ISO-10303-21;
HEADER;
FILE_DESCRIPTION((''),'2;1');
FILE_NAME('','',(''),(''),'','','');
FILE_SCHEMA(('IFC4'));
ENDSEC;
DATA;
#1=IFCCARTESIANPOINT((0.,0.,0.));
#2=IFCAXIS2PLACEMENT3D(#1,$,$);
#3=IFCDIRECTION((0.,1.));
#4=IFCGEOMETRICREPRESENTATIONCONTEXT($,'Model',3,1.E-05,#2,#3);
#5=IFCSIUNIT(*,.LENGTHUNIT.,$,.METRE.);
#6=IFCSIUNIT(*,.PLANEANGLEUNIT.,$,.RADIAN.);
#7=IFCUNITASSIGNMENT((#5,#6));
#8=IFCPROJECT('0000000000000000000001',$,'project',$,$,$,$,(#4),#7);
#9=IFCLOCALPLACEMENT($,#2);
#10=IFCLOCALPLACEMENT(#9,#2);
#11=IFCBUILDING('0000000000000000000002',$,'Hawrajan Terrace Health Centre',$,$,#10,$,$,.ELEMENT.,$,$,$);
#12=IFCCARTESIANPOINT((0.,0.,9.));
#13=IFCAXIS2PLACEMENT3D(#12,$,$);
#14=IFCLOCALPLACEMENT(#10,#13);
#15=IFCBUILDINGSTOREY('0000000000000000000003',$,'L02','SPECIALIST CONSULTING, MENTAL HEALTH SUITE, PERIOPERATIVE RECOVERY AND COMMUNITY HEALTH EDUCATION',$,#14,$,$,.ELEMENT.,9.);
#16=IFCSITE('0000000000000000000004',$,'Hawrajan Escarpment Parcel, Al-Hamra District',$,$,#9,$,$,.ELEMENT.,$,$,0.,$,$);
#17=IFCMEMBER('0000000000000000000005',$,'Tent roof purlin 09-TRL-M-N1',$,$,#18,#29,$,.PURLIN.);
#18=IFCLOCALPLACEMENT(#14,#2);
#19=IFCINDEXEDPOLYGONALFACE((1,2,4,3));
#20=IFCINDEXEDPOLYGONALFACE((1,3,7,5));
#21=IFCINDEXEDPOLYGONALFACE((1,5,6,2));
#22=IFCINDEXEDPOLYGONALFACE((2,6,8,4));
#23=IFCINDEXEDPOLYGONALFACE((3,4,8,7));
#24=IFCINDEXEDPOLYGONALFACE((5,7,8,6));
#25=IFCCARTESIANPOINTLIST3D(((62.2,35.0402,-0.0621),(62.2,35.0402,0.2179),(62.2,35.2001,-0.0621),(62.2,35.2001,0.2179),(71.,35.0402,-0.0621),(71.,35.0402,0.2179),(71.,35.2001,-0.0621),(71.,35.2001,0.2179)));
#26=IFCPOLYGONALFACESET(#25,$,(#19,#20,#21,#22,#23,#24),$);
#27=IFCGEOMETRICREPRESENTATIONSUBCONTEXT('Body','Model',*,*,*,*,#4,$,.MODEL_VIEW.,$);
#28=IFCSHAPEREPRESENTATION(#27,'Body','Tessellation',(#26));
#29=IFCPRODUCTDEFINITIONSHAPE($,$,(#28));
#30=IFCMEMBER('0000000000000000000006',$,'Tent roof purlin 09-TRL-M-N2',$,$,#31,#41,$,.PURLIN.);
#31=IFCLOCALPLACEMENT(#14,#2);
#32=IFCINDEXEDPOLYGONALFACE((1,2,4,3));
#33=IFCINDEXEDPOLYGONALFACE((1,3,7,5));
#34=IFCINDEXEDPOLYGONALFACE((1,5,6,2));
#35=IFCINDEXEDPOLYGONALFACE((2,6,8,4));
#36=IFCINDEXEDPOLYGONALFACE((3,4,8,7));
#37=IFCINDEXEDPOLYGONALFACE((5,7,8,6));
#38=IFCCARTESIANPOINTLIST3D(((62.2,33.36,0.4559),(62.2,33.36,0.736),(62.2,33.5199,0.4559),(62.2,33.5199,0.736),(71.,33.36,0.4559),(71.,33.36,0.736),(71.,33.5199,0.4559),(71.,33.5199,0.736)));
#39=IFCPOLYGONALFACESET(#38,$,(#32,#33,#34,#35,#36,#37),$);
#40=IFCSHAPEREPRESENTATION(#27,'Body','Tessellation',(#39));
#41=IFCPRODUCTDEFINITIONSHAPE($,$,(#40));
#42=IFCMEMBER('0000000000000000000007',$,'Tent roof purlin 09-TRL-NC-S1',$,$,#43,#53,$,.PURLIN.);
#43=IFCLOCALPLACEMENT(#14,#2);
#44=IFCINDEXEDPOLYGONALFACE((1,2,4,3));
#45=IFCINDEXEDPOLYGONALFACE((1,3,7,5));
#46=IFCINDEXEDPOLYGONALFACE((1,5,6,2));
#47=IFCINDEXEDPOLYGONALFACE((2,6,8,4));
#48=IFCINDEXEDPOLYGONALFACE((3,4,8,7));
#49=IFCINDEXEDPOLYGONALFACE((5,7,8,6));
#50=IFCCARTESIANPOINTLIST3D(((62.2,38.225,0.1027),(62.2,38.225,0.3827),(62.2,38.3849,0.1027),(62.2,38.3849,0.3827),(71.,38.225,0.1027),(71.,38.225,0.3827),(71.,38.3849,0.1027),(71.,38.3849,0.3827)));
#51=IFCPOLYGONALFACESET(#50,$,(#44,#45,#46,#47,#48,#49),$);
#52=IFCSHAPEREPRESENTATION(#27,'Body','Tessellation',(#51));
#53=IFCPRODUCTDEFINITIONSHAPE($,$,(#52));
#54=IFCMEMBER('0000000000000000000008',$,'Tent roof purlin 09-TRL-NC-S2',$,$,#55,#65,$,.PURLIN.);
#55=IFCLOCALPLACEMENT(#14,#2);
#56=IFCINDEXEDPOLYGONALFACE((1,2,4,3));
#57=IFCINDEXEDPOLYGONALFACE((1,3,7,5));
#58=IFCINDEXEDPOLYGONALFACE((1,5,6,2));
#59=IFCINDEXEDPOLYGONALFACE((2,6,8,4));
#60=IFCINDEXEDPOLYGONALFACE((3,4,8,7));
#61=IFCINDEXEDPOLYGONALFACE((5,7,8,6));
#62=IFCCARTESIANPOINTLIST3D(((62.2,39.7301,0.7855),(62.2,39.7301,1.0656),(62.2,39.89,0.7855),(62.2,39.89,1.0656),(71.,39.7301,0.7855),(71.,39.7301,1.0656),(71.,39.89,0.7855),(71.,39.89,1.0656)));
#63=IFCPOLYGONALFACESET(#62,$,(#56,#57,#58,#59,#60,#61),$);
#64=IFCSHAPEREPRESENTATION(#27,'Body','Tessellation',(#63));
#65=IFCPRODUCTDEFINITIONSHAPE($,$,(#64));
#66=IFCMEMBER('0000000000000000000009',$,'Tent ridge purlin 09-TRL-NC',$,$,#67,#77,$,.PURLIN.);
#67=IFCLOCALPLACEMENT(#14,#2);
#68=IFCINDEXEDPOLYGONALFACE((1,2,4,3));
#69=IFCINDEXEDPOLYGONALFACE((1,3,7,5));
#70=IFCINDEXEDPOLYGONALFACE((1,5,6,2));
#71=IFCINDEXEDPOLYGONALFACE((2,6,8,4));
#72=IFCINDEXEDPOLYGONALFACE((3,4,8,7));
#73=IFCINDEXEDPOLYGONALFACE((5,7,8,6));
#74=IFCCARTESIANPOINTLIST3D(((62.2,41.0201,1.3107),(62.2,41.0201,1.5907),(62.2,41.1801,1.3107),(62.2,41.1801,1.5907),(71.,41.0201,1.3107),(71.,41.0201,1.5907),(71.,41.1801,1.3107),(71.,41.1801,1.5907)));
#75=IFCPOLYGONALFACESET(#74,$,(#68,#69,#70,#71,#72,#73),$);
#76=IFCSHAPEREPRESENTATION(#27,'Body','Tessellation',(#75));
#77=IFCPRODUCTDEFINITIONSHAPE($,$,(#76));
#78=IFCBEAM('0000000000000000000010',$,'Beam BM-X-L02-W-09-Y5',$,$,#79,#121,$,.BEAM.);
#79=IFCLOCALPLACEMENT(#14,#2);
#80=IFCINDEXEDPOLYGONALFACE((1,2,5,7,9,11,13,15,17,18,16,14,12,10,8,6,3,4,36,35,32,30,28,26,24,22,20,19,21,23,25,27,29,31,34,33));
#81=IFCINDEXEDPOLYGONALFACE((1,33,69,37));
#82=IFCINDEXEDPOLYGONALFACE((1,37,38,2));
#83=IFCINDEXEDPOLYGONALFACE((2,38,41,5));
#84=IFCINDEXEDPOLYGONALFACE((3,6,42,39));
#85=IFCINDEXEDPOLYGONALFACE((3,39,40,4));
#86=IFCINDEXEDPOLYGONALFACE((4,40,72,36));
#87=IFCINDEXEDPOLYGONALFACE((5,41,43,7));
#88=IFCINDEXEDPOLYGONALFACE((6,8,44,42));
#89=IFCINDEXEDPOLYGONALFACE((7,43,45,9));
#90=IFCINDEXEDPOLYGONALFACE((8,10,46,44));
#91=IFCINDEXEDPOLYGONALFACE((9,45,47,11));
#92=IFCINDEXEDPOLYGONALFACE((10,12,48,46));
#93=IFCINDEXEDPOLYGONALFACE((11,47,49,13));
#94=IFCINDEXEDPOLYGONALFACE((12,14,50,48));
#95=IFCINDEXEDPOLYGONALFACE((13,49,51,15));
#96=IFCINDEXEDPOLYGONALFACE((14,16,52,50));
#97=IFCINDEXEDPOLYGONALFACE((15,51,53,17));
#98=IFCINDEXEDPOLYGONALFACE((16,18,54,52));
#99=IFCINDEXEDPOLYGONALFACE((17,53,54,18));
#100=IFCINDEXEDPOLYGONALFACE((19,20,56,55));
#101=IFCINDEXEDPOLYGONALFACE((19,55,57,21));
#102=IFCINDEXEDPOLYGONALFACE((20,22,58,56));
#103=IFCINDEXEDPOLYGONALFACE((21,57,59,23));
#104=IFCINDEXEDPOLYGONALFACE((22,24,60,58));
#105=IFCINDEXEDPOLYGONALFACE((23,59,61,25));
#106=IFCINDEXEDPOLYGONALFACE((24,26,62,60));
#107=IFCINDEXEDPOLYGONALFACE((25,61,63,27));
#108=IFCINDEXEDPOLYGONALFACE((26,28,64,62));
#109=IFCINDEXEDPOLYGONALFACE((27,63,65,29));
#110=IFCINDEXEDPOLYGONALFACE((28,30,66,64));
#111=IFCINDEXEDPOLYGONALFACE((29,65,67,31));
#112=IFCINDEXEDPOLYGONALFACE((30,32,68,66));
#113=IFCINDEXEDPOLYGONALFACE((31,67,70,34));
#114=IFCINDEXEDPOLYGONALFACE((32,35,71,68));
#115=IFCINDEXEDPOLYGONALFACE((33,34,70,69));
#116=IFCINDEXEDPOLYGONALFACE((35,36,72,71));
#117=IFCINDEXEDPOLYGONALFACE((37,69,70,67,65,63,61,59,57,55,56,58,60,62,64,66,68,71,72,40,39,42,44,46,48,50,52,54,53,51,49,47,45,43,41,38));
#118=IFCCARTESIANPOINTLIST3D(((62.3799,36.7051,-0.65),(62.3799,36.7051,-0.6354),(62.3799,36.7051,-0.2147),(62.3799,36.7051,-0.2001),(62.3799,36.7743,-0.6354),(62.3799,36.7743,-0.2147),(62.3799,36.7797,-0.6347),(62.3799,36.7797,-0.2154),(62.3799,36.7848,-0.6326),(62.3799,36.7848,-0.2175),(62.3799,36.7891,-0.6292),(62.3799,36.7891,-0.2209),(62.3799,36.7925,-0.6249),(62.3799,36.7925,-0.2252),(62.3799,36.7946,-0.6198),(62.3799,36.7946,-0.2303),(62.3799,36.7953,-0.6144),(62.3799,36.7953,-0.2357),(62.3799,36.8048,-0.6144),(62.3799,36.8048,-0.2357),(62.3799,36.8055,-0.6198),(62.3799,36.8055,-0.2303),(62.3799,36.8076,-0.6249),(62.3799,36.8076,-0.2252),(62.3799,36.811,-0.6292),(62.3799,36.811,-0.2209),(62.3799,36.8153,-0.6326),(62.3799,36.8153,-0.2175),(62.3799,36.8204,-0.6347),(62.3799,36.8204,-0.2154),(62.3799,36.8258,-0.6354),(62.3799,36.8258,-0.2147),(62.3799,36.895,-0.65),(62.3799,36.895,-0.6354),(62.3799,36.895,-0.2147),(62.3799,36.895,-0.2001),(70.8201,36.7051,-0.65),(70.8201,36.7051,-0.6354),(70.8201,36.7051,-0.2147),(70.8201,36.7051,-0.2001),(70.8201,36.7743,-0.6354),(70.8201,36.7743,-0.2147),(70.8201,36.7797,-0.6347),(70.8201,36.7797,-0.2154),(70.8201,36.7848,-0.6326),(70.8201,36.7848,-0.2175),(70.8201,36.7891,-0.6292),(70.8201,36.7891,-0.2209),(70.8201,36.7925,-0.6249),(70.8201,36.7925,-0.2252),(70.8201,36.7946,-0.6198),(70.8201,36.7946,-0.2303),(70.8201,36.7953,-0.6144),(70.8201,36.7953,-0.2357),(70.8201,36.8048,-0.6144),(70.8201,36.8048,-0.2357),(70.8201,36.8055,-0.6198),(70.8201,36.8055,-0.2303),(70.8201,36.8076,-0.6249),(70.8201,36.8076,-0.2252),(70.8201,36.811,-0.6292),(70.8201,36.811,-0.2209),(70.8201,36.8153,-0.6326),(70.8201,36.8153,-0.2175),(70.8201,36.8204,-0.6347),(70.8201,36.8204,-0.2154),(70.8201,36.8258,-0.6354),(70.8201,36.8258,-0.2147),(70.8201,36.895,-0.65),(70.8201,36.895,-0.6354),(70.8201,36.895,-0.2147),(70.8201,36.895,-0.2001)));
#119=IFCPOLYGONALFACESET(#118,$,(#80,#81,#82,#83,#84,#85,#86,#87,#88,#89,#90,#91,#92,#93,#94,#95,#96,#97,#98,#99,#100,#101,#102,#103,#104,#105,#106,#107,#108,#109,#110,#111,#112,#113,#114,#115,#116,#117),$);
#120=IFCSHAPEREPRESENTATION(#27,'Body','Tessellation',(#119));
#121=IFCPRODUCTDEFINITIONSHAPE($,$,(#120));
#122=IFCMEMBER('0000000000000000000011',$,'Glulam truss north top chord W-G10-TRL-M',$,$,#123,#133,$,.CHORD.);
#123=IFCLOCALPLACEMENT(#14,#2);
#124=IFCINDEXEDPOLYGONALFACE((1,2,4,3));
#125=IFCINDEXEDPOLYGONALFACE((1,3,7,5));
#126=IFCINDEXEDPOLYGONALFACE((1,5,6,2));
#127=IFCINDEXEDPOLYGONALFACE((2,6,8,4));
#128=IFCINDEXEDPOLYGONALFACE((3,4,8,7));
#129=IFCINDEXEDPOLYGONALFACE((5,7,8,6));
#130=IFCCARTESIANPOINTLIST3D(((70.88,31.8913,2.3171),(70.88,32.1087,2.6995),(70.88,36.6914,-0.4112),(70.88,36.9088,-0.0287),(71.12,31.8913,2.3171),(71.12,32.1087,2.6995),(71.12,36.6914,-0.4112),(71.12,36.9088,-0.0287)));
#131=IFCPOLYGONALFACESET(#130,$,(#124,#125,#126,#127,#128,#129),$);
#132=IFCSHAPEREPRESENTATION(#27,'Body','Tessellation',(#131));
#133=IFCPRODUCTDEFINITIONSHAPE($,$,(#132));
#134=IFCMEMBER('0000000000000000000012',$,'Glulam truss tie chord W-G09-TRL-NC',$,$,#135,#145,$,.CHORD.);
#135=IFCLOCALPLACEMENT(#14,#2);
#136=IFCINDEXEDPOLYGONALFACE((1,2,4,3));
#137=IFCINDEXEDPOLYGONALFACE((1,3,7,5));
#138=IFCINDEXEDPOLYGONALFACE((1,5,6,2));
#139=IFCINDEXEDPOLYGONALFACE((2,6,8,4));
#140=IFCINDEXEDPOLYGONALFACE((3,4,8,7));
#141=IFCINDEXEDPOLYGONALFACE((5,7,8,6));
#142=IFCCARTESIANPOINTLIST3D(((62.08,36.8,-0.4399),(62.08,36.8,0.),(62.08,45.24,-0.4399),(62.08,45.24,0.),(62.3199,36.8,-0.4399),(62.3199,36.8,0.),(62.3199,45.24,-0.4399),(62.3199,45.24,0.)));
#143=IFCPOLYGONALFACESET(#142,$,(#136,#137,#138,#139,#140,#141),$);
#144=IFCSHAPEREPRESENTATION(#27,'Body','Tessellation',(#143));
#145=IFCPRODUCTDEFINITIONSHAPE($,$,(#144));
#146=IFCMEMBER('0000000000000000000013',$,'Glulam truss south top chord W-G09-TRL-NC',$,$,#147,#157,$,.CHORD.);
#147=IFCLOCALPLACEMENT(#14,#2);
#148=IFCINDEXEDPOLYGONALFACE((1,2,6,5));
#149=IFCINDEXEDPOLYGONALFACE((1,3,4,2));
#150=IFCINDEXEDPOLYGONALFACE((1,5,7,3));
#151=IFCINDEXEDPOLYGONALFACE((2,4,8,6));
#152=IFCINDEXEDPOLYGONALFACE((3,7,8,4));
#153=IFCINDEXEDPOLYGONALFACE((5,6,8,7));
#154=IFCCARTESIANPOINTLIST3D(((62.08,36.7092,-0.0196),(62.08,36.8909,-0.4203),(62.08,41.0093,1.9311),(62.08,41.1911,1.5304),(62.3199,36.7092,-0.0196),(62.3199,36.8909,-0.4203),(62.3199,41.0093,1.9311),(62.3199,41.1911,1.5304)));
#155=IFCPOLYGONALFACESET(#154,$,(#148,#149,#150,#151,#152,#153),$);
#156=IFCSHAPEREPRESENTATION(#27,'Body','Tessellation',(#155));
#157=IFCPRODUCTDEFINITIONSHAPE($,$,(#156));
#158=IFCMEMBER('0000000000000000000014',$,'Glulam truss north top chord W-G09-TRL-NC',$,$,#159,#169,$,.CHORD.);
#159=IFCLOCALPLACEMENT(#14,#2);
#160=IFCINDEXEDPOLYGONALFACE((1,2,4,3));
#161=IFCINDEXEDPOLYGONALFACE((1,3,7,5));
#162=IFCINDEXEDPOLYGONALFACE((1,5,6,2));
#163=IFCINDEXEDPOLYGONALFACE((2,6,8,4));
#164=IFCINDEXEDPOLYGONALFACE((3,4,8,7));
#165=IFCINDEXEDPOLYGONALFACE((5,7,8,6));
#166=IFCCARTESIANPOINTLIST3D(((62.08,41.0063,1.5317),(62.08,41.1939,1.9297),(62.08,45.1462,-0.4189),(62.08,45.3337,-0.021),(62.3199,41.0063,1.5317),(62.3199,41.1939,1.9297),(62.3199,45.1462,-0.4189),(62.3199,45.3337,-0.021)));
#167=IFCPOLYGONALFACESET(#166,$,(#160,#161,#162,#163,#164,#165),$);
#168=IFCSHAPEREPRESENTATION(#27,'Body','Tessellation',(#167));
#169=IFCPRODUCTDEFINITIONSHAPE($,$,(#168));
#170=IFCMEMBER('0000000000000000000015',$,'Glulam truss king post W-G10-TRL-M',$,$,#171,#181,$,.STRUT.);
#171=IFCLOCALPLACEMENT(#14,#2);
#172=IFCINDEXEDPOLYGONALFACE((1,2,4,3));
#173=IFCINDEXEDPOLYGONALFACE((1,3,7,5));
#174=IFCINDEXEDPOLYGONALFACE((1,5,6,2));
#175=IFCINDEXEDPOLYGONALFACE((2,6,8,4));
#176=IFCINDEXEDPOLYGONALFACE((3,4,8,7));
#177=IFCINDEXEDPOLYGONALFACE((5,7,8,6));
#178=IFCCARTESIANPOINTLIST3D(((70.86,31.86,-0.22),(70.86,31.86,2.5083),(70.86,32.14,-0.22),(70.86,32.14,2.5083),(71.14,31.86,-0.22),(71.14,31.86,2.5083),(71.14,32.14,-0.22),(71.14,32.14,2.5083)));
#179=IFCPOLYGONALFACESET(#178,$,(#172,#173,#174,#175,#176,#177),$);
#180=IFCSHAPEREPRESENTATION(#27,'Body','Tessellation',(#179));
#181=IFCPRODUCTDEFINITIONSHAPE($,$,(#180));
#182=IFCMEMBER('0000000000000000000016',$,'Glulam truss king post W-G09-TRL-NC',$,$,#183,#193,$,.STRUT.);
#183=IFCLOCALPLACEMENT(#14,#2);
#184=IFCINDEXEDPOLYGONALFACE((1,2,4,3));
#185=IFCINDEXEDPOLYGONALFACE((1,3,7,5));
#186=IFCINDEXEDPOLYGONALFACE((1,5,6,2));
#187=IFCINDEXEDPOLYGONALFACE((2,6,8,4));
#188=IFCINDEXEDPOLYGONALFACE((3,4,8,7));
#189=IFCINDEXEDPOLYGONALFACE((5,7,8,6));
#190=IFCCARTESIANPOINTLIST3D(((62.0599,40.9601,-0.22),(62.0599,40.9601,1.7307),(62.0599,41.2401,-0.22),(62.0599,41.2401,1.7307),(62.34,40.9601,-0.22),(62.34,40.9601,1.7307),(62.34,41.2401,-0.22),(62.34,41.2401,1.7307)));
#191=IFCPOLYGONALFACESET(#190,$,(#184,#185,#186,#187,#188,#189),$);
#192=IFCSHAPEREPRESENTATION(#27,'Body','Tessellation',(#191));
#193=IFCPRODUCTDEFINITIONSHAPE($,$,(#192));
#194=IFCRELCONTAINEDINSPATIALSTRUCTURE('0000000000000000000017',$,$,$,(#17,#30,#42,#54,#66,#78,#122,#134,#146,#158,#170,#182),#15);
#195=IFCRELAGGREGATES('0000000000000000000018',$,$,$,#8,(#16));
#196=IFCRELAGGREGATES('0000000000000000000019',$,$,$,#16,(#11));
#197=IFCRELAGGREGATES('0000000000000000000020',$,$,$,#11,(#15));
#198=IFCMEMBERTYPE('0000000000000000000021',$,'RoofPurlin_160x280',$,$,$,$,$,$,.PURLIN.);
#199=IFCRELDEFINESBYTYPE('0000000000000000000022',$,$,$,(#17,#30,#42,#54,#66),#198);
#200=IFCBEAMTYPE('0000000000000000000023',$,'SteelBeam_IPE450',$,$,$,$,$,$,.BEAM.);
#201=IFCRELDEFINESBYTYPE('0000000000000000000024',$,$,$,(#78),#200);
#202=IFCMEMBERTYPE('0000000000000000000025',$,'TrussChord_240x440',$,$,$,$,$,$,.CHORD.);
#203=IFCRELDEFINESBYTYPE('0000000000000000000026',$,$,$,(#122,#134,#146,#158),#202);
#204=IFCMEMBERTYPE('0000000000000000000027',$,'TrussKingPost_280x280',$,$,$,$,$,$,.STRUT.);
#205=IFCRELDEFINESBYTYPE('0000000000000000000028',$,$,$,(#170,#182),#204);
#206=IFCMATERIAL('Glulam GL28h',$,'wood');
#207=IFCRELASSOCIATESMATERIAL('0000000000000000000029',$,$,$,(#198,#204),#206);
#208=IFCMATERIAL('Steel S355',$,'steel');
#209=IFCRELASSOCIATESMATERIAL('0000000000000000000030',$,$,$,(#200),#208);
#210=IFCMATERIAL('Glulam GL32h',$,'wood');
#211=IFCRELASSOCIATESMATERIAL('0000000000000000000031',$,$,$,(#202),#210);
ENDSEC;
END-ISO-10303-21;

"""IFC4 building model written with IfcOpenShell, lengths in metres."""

from ifc_helpers import new_model, si_unit, direction, frame, origin, origin_2d, place, context, subcontext, project, spatial, rectangle, i_section, extrude, material, material_profile, profile_set, type_object, element, save


model = new_model("IFC4")

# Units and contexts
model_context = context("Model", 3, precision=1e-05, world=origin(), true_north=direction((0.0, 1.0)))
body_context = subcontext(model_context, "Body", "Model", "MODEL_VIEW")
ifc_project = project(units=[si_unit("LENGTHUNIT", "METRE"), si_unit("PLANEANGLEUNIT", "RADIAN")], contexts=[model_context])

# Site, building, storey
site_placement = place(None, origin())
site = spatial("IfcSite", under=ifc_project, at=site_placement, Name="Hawrajan Escarpment Parcel, Al-Hamra District", CompositionType="ELEMENT", RefElevation=0.0)
building_placement = place(site_placement, origin())
building = spatial("IfcBuilding", under=site, at=building_placement, Name="Hawrajan Terrace Health Centre", CompositionType="ELEMENT")
storey_placement = place(building_placement, frame((0.0, 0.0, 9.0)))
storey = spatial("IfcBuildingStorey", under=building, at=storey_placement, Name="L02", Description="SPECIALIST CONSULTING, MENTAL HEALTH SUITE, PERIOPERATIVE RECOVERY AND COMMUNITY HEALTH EDUCATION", CompositionType="ELEMENT", Elevation=9.0)

# Members
ifc_material_1 = material(Name="Glulam GL28h", Category="wood")
ifc_material_profile_1 = material_profile(ifc_material_1, rectangle(XDim=0.1599, YDim=0.28, at=origin_2d()), Name="GL PUR 160x280")
ifc_profile_set_1 = profile_set([ifc_material_profile_1], Name="Glulam GL28h")
member_type_1 = type_object("IfcMemberType", Name="RoofPurlin_160x280", PredefinedType="PURLIN", material=ifc_profile_set_1)
for number, where, z_axis, x_axis, name in (
    (1, (62.2, 35.1201, 0.0779), (1.0, 0.0, 0.0), (0.0, 1.0, 0.0), "Tent roof purlin 09-TRL-M-N1"),
    (2, (62.2, 33.4399, 0.5959), (1.0, 0.0, 0.0), (0.0, 1.0, 0.0), "Tent roof purlin 09-TRL-M-N2"),
    (3, (62.2, 38.3049, 0.2427), (1.0, 0.0, 0.0), (0.0, 1.0, 0.0), "Tent roof purlin 09-TRL-NC-S1"),
    (4, (62.2, 39.8101, 0.9255), (1.0, 0.0, 0.0), (0.0, 1.0, 0.0), "Tent roof purlin 09-TRL-NC-S2"),
    (5, (62.2, 41.1001, 1.4507), (1.0, 0.0, 0.0), (0.0, 1.0, 0.0), "Tent ridge purlin 09-TRL-NC"),
):
    element("IfcMember", number, at=place(storey_placement, frame(where, z_axis=z_axis, x_axis=x_axis)), inside=storey, type_object=member_type_1, Name=name, PredefinedType="PURLIN", context=body_context, shape_type="SweptSolid", body=[
        extrude(rectangle(XDim=0.1599, YDim=0.28, at=origin_2d()), origin(), (0.0, 0.0, 1.0), 8.8),
    ])

# Beam
ifc_material_2 = material(Name="Steel S355", Category="steel")
ifc_material_profile_2 = material_profile(ifc_material_2, i_section(OverallWidth=0.1899, OverallDepth=0.45, WebThickness=0.0095, FlangeThickness=0.0146, FilletRadius=0.021, at=origin_2d()), Name="IPE 450")
ifc_profile_set_2 = profile_set([ifc_material_profile_2], Name="Steel S355")
beam_type = type_object("IfcBeamType", Name="SteelBeam_IPE450", PredefinedType="BEAM", material=ifc_profile_set_2)
beam_placement = place(storey_placement, frame((62.3799, 36.8, -0.425), z_axis=(1.0, 0.0, 0.0), x_axis=(0.0, 1.0, 0.0)))
element("IfcBeam", 6, at=beam_placement, inside=storey, type_object=beam_type, Name="Beam BM-X-L02-W-09-Y5", PredefinedType="BEAM", context=body_context, shape_type="SweptSolid", body=[
    extrude(i_section(OverallWidth=0.1899, OverallDepth=0.45, WebThickness=0.0095, FlangeThickness=0.0146, FilletRadius=0.021, at=origin_2d()), origin(), (0.0, 0.0, 1.0), 8.4402),
])

# Members
ifc_material_3 = material(Name="Glulam GL32h", Category="wood")
ifc_material_profile_3 = material_profile(ifc_material_3, rectangle(XDim=0.24, YDim=0.4399, at=origin_2d()), Name="GL CHD 240x440")
ifc_profile_set_3 = profile_set([ifc_material_profile_3], Name="Glulam GL32h")
member_type_2 = type_object("IfcMemberType", Name="TrussChord_240x440", PredefinedType="CHORD", material=ifc_profile_set_3)
member_1_placement = place(storey_placement, frame((71.0, 32.0, 2.5083), z_axis=(0.0, 0.869381, -0.494142), x_axis=(-1.0, 0.0, 0.0)))
element("IfcMember", 7, at=member_1_placement, inside=storey, type_object=member_type_2, Name="Glulam truss north top chord W-G10-TRL-M", PredefinedType="CHORD", context=body_context, shape_type="SweptSolid", body=[
    extrude(rectangle(XDim=0.24, YDim=0.4399, at=origin_2d()), origin(), (0.0, 0.0, 1.0), 5.5212),
])
member_2_placement = place(storey_placement, frame((62.2, 36.8, -0.22), z_axis=(0.0, 1.0, 0.0), x_axis=(-1.0, 0.0, 0.0)))
element("IfcMember", 8, at=member_2_placement, inside=storey, type_object=member_type_2, Name="Glulam truss tie chord W-G09-TRL-NC", PredefinedType="CHORD", context=body_context, shape_type="SweptSolid", body=[
    extrude(rectangle(XDim=0.24, YDim=0.4399, at=origin_2d()), origin(), (0.0, 0.0, 1.0), 8.4399),
])
member_3_placement = place(storey_placement, frame((62.2, 36.8, -0.22), z_axis=(0.0, 0.910676, 0.413121), x_axis=(-1.0, 0.0, 0.0)))
element("IfcMember", 9, at=member_3_placement, inside=storey, type_object=member_type_2, Name="Glulam truss south top chord W-G09-TRL-NC", PredefinedType="CHORD", context=body_context, shape_type="SweptSolid", body=[
    extrude(rectangle(XDim=0.24, YDim=0.4399, at=origin_2d()), origin(), (0.0, 0.0, 1.0), 4.7219),
])
member_4_placement = place(storey_placement, frame((62.2, 41.1001, 1.7307), z_axis=(0.0, 0.904608, -0.426244), x_axis=(-1.0, 0.0, 0.0)))
element("IfcMember", 10, at=member_4_placement, inside=storey, type_object=member_type_2, Name="Glulam truss north top chord W-G09-TRL-NC", PredefinedType="CHORD", context=body_context, shape_type="SweptSolid", body=[
    extrude(rectangle(XDim=0.24, YDim=0.4399, at=origin_2d()), origin(), (0.0, 0.0, 1.0), 4.5764),
])
ifc_material_profile_4 = material_profile(ifc_material_1, rectangle(XDim=0.28, YDim=0.28, at=origin_2d()), Name="GL KP 280x280")
ifc_profile_set_4 = profile_set([ifc_material_profile_4], Name="Glulam GL28h")
member_type_3 = type_object("IfcMemberType", Name="TrussKingPost_280x280", PredefinedType="STRUT", material=ifc_profile_set_4)
member_5_placement = place(storey_placement, frame((71.0, 32.0, -0.22), z_axis=(0.0, 0.0, 1.0), x_axis=(1.0, 0.0, 0.0)))
element("IfcMember", 11, at=member_5_placement, inside=storey, type_object=member_type_3, Name="Glulam truss king post W-G10-TRL-M", PredefinedType="STRUT", context=body_context, shape_type="SweptSolid", body=[
    extrude(rectangle(XDim=0.28, YDim=0.28, at=origin_2d()), origin(), (0.0, 0.0, 1.0), 2.7283),
])
member_6_placement = place(storey_placement, frame((62.2, 41.1001, -0.22), z_axis=(0.0, 0.0, 1.0), x_axis=(1.0, 0.0, 0.0)))
element("IfcMember", 12, at=member_6_placement, inside=storey, type_object=member_type_3, Name="Glulam truss king post W-G09-TRL-NC", PredefinedType="STRUT", context=body_context, shape_type="SweptSolid", body=[
    extrude(rectangle(XDim=0.28, YDim=0.28, at=origin_2d()), origin(), (0.0, 0.0, 1.0), 1.9507),
])

save(model, "model.ifc")
